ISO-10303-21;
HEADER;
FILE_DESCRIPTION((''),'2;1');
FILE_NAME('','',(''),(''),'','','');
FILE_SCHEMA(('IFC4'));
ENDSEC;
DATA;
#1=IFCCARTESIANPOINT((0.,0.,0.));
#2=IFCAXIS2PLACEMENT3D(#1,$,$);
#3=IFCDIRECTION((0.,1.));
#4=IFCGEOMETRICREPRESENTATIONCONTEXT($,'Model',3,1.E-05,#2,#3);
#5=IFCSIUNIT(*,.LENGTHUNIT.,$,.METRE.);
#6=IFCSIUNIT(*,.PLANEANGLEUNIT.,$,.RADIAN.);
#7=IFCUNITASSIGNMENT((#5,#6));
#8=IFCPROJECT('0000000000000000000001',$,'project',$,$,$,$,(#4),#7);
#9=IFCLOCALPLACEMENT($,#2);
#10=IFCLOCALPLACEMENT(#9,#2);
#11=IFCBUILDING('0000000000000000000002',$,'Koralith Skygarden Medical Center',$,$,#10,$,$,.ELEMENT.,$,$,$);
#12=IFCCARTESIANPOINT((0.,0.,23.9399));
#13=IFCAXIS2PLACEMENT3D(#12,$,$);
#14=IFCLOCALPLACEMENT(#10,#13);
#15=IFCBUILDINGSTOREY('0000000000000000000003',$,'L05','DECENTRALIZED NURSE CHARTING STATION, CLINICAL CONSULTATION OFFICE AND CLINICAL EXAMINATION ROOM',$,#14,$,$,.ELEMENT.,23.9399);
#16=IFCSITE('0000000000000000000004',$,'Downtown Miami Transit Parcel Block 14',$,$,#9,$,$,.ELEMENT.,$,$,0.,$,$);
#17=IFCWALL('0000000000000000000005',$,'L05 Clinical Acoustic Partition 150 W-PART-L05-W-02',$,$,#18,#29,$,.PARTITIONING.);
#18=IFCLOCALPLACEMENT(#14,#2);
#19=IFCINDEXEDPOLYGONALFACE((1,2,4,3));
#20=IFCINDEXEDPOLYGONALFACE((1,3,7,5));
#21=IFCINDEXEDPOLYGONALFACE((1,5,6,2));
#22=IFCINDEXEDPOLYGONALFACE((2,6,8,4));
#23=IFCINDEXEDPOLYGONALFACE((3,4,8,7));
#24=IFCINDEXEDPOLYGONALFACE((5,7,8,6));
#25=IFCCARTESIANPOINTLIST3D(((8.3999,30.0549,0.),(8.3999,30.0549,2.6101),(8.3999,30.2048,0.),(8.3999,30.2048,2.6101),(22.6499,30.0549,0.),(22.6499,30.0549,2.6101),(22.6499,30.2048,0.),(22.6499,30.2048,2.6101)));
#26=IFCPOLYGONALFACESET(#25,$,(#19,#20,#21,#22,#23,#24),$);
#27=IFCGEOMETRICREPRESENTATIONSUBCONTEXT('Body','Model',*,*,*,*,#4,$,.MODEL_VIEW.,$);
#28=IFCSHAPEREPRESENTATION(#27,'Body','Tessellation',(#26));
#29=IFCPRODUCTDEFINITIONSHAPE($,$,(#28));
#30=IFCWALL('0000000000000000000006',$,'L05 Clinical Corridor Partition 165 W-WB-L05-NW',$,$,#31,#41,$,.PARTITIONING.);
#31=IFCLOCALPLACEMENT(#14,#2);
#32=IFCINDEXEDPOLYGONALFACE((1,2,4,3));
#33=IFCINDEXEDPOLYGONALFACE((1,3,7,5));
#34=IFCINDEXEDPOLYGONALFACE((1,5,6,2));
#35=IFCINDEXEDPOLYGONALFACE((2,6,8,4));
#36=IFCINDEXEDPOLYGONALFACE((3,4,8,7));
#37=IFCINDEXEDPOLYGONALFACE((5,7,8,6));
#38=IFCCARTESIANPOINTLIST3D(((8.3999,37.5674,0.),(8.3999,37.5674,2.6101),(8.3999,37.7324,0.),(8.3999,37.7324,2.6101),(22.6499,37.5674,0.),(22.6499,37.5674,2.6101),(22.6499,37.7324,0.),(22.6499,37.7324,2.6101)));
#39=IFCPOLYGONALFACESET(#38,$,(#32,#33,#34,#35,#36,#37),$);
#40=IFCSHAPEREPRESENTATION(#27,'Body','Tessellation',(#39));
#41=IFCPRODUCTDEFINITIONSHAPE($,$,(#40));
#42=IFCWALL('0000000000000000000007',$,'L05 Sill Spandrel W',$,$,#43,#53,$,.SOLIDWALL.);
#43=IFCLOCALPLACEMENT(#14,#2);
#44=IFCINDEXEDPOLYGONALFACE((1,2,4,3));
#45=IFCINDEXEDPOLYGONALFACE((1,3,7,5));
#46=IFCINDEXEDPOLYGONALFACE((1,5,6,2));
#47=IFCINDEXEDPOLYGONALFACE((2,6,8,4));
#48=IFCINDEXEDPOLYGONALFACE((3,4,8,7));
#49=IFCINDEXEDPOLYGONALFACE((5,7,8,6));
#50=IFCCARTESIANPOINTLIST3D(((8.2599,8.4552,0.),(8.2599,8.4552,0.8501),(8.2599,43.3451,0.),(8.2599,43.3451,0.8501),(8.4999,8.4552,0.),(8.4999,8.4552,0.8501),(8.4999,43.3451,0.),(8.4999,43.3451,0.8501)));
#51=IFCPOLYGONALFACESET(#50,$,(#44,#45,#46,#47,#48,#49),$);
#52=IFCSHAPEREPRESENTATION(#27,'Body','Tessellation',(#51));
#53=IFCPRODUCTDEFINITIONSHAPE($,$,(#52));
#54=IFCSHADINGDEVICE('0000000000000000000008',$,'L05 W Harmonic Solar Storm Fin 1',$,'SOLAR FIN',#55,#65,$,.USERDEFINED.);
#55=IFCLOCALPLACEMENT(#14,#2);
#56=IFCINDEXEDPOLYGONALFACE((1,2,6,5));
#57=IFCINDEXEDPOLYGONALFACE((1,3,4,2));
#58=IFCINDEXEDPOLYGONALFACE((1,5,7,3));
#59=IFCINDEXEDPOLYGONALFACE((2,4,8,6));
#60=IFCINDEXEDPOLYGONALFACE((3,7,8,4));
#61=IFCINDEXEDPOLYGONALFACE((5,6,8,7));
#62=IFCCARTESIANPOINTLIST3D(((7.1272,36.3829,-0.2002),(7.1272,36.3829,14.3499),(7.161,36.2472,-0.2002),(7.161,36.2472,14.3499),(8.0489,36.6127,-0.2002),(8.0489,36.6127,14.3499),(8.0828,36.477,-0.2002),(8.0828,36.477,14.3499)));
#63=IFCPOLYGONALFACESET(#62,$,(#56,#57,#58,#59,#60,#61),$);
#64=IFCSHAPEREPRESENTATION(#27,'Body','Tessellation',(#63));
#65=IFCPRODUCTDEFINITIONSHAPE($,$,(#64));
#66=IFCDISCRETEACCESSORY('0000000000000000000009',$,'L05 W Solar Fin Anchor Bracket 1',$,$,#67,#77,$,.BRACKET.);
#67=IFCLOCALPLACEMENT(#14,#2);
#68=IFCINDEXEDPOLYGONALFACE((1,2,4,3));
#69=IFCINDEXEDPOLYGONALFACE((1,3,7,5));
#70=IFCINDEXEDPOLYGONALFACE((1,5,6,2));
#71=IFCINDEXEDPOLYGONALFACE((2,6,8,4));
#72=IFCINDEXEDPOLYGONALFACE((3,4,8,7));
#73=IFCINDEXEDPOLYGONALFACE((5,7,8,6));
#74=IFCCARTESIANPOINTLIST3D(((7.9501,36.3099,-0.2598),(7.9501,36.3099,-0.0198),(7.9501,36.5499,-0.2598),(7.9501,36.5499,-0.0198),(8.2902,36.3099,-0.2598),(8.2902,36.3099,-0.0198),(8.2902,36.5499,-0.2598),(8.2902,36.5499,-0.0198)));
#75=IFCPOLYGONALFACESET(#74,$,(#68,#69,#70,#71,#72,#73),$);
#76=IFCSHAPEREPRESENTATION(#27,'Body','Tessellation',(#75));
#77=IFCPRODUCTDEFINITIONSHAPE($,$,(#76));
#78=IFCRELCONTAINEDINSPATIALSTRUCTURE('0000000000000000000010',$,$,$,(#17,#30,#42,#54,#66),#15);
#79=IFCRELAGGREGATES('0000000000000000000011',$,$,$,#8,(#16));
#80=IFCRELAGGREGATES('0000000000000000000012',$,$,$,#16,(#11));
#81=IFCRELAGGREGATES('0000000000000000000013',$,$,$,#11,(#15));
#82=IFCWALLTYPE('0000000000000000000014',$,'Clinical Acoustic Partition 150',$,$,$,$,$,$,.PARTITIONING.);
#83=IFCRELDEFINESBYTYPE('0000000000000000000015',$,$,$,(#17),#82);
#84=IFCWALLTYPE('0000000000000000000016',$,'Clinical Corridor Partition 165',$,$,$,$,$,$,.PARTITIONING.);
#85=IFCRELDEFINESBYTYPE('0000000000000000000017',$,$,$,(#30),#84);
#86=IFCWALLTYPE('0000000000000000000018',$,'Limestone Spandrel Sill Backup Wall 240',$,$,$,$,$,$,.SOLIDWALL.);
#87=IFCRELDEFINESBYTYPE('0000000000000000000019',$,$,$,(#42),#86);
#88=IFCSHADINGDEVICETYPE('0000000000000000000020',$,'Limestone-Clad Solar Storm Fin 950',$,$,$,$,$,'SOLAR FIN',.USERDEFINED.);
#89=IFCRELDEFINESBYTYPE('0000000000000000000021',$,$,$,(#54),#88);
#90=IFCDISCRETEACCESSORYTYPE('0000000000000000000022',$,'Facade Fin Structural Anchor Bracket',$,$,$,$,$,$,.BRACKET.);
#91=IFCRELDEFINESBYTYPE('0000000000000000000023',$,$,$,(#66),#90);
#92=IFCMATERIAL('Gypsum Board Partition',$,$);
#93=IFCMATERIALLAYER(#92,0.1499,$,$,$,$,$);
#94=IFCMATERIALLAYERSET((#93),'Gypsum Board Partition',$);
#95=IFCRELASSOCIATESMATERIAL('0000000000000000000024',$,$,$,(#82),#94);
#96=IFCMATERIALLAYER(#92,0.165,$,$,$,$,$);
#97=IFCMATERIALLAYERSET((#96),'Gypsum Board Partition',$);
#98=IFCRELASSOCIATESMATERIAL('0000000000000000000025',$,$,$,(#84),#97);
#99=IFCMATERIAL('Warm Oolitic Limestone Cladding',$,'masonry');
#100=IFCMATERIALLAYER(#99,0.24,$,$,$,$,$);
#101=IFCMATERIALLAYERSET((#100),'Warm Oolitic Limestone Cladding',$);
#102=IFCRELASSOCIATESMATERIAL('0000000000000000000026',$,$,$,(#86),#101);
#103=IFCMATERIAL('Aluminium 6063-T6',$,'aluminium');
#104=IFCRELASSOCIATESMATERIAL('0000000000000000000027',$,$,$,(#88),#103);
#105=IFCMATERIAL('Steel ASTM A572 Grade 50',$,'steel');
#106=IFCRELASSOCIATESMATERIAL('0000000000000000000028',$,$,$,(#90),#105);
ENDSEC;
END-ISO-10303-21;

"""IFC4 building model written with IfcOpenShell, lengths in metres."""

from ifc_helpers import new_model, si_unit, direction, frame, frame_2d, origin, origin_2d, place, context, subcontext, project, spatial, rectangle, extrude, material, layer, layer_set, type_object, element, save


model = new_model("IFC4")

# Units and contexts
model_context = context("Model", 3, precision=1e-05, world=origin(), true_north=direction((0.0, 1.0)))
body_context = subcontext(model_context, "Body", "Model", "MODEL_VIEW")
ifc_project = project(units=[si_unit("LENGTHUNIT", "METRE"), si_unit("PLANEANGLEUNIT", "RADIAN")], contexts=[model_context])

# Site, building, storey
site_placement = place(None, origin())
site = spatial("IfcSite", under=ifc_project, at=site_placement, Name="Downtown Miami Transit Parcel Block 14", CompositionType="ELEMENT", RefElevation=0.0)
building_placement = place(site_placement, origin())
building = spatial("IfcBuilding", under=site, at=building_placement, Name="Koralith Skygarden Medical Center", CompositionType="ELEMENT")
storey_placement = place(building_placement, frame((0.0, 0.0, 23.9399)))
storey = spatial("IfcBuildingStorey", under=building, at=storey_placement, Name="L05", Description="DECENTRALIZED NURSE CHARTING STATION, CLINICAL CONSULTATION OFFICE AND CLINICAL EXAMINATION ROOM", CompositionType="ELEMENT", Elevation=23.9399)

# Shared definitions
ifc_material_1 = material(Name="Aluminium 6063-T6", Category="aluminium")

# Shared definitions
ifc_material_2 = material(Name="Warm Oolitic Limestone Cladding", Category="masonry")

# Walls
ifc_material_3 = material(Name="Gypsum Board Partition")
ifc_layer_1 = layer(ifc_material_3, 0.1499)
ifc_layer_set_1 = layer_set([ifc_layer_1], Name="Gypsum Board Partition")
wall_type_1 = type_object("IfcWallType", Name="Clinical Acoustic Partition 150", PredefinedType="PARTITIONING", material=ifc_layer_set_1)
wall_1_placement = place(storey_placement, frame((22.6499, 30.1299, 0.0), z_axis=(0.0, 0.0, 1.0), x_axis=(-1.0, 0.0, 0.0)))
element("IfcWall", 1, at=wall_1_placement, inside=storey, type_object=wall_type_1, Name="L05 Clinical Acoustic Partition 150 W-PART-L05-W-02", PredefinedType="PARTITIONING", context=body_context, shape_type="SweptSolid", body=[
    extrude(rectangle(XDim=14.25, YDim=0.1499, at=frame_2d((7.125, 0.0))), origin(), (0.0, 0.0, 1.0), 2.6101),
])
ifc_layer_2 = layer(ifc_material_3, 0.165)
ifc_layer_set_2 = layer_set([ifc_layer_2], Name="Gypsum Board Partition")
wall_type_2 = type_object("IfcWallType", Name="Clinical Corridor Partition 165", PredefinedType="PARTITIONING", material=ifc_layer_set_2)
wall_2_placement = place(storey_placement, frame((8.3999, 37.6499, 0.0), z_axis=(0.0, 0.0, 1.0), x_axis=(1.0, 0.0, 0.0)))
element("IfcWall", 2, at=wall_2_placement, inside=storey, type_object=wall_type_2, Name="L05 Clinical Corridor Partition 165 W-WB-L05-NW", PredefinedType="PARTITIONING", context=body_context, shape_type="SweptSolid", body=[
    extrude(rectangle(XDim=14.25, YDim=0.165, at=frame_2d((7.125, 0.0))), origin(), (0.0, 0.0, 1.0), 2.6101),
])

# Wall
ifc_layer_3 = layer(ifc_material_2, 0.24)
ifc_layer_set_3 = layer_set([ifc_layer_3], Name="Warm Oolitic Limestone Cladding")
wall_type_3 = type_object("IfcWallType", Name="Limestone Spandrel Sill Backup Wall 240", PredefinedType="SOLIDWALL", material=ifc_layer_set_3)
wall_3_placement = place(storey_placement, frame((8.3799, 43.345, 0.0), z_axis=(0.0, 0.0, 1.0), x_axis=(0.0, -1.0, 0.0)))
element("IfcWall", 3, at=wall_3_placement, inside=storey, type_object=wall_type_3, Name="L05 Sill Spandrel W", PredefinedType="SOLIDWALL", context=body_context, shape_type="SweptSolid", body=[
    extrude(rectangle(XDim=34.8899, YDim=0.24, at=frame_2d((17.4448, 0.0))), origin(), (0.0, 0.0, 1.0), 0.8501),
])

# Shading device
shading_device_type = type_object("IfcShadingDeviceType", Name="Limestone-Clad Solar Storm Fin 950", ElementType="SOLAR FIN", PredefinedType="USERDEFINED", material=ifc_material_1)
shading_device_placement = place(storey_placement, frame((7.605, 36.4299, -0.2002), z_axis=(0.0, 0.0, 1.0), x_axis=(-0.970296, -0.241922, 0.0)))
element("IfcShadingDevice", 4, at=shading_device_placement, inside=storey, type_object=shading_device_type, Name="L05 W Harmonic Solar Storm Fin 1", ObjectType="SOLAR FIN", PredefinedType="USERDEFINED", context=body_context, shape_type="SweptSolid", body=[
    extrude(rectangle(XDim=0.95, YDim=0.1399, at=origin_2d()), origin(), (0.0, 0.0, 1.0), 14.55),
])

# Discrete accessory
ifc_material_4 = material(Name="Steel ASTM A572 Grade 50", Category="steel")
discrete_accessory_type = type_object("IfcDiscreteAccessoryType", Name="Facade Fin Structural Anchor Bracket", PredefinedType="BRACKET", material=ifc_material_4)
discrete_accessory_placement = place(storey_placement, frame((8.1201, 36.4299, -0.2598), z_axis=(0.0, 0.0, 1.0), x_axis=(-1.0, 0.0, 0.0)))
element("IfcDiscreteAccessory", 5, at=discrete_accessory_placement, inside=storey, type_object=discrete_accessory_type, Name="L05 W Solar Fin Anchor Bracket 1", PredefinedType="BRACKET", context=body_context, shape_type="SweptSolid", body=[
    extrude(rectangle(XDim=0.3401, YDim=0.24, at=origin_2d()), origin(), (0.0, 0.0, 1.0), 0.24),
])

save(model, "model.ifc")
